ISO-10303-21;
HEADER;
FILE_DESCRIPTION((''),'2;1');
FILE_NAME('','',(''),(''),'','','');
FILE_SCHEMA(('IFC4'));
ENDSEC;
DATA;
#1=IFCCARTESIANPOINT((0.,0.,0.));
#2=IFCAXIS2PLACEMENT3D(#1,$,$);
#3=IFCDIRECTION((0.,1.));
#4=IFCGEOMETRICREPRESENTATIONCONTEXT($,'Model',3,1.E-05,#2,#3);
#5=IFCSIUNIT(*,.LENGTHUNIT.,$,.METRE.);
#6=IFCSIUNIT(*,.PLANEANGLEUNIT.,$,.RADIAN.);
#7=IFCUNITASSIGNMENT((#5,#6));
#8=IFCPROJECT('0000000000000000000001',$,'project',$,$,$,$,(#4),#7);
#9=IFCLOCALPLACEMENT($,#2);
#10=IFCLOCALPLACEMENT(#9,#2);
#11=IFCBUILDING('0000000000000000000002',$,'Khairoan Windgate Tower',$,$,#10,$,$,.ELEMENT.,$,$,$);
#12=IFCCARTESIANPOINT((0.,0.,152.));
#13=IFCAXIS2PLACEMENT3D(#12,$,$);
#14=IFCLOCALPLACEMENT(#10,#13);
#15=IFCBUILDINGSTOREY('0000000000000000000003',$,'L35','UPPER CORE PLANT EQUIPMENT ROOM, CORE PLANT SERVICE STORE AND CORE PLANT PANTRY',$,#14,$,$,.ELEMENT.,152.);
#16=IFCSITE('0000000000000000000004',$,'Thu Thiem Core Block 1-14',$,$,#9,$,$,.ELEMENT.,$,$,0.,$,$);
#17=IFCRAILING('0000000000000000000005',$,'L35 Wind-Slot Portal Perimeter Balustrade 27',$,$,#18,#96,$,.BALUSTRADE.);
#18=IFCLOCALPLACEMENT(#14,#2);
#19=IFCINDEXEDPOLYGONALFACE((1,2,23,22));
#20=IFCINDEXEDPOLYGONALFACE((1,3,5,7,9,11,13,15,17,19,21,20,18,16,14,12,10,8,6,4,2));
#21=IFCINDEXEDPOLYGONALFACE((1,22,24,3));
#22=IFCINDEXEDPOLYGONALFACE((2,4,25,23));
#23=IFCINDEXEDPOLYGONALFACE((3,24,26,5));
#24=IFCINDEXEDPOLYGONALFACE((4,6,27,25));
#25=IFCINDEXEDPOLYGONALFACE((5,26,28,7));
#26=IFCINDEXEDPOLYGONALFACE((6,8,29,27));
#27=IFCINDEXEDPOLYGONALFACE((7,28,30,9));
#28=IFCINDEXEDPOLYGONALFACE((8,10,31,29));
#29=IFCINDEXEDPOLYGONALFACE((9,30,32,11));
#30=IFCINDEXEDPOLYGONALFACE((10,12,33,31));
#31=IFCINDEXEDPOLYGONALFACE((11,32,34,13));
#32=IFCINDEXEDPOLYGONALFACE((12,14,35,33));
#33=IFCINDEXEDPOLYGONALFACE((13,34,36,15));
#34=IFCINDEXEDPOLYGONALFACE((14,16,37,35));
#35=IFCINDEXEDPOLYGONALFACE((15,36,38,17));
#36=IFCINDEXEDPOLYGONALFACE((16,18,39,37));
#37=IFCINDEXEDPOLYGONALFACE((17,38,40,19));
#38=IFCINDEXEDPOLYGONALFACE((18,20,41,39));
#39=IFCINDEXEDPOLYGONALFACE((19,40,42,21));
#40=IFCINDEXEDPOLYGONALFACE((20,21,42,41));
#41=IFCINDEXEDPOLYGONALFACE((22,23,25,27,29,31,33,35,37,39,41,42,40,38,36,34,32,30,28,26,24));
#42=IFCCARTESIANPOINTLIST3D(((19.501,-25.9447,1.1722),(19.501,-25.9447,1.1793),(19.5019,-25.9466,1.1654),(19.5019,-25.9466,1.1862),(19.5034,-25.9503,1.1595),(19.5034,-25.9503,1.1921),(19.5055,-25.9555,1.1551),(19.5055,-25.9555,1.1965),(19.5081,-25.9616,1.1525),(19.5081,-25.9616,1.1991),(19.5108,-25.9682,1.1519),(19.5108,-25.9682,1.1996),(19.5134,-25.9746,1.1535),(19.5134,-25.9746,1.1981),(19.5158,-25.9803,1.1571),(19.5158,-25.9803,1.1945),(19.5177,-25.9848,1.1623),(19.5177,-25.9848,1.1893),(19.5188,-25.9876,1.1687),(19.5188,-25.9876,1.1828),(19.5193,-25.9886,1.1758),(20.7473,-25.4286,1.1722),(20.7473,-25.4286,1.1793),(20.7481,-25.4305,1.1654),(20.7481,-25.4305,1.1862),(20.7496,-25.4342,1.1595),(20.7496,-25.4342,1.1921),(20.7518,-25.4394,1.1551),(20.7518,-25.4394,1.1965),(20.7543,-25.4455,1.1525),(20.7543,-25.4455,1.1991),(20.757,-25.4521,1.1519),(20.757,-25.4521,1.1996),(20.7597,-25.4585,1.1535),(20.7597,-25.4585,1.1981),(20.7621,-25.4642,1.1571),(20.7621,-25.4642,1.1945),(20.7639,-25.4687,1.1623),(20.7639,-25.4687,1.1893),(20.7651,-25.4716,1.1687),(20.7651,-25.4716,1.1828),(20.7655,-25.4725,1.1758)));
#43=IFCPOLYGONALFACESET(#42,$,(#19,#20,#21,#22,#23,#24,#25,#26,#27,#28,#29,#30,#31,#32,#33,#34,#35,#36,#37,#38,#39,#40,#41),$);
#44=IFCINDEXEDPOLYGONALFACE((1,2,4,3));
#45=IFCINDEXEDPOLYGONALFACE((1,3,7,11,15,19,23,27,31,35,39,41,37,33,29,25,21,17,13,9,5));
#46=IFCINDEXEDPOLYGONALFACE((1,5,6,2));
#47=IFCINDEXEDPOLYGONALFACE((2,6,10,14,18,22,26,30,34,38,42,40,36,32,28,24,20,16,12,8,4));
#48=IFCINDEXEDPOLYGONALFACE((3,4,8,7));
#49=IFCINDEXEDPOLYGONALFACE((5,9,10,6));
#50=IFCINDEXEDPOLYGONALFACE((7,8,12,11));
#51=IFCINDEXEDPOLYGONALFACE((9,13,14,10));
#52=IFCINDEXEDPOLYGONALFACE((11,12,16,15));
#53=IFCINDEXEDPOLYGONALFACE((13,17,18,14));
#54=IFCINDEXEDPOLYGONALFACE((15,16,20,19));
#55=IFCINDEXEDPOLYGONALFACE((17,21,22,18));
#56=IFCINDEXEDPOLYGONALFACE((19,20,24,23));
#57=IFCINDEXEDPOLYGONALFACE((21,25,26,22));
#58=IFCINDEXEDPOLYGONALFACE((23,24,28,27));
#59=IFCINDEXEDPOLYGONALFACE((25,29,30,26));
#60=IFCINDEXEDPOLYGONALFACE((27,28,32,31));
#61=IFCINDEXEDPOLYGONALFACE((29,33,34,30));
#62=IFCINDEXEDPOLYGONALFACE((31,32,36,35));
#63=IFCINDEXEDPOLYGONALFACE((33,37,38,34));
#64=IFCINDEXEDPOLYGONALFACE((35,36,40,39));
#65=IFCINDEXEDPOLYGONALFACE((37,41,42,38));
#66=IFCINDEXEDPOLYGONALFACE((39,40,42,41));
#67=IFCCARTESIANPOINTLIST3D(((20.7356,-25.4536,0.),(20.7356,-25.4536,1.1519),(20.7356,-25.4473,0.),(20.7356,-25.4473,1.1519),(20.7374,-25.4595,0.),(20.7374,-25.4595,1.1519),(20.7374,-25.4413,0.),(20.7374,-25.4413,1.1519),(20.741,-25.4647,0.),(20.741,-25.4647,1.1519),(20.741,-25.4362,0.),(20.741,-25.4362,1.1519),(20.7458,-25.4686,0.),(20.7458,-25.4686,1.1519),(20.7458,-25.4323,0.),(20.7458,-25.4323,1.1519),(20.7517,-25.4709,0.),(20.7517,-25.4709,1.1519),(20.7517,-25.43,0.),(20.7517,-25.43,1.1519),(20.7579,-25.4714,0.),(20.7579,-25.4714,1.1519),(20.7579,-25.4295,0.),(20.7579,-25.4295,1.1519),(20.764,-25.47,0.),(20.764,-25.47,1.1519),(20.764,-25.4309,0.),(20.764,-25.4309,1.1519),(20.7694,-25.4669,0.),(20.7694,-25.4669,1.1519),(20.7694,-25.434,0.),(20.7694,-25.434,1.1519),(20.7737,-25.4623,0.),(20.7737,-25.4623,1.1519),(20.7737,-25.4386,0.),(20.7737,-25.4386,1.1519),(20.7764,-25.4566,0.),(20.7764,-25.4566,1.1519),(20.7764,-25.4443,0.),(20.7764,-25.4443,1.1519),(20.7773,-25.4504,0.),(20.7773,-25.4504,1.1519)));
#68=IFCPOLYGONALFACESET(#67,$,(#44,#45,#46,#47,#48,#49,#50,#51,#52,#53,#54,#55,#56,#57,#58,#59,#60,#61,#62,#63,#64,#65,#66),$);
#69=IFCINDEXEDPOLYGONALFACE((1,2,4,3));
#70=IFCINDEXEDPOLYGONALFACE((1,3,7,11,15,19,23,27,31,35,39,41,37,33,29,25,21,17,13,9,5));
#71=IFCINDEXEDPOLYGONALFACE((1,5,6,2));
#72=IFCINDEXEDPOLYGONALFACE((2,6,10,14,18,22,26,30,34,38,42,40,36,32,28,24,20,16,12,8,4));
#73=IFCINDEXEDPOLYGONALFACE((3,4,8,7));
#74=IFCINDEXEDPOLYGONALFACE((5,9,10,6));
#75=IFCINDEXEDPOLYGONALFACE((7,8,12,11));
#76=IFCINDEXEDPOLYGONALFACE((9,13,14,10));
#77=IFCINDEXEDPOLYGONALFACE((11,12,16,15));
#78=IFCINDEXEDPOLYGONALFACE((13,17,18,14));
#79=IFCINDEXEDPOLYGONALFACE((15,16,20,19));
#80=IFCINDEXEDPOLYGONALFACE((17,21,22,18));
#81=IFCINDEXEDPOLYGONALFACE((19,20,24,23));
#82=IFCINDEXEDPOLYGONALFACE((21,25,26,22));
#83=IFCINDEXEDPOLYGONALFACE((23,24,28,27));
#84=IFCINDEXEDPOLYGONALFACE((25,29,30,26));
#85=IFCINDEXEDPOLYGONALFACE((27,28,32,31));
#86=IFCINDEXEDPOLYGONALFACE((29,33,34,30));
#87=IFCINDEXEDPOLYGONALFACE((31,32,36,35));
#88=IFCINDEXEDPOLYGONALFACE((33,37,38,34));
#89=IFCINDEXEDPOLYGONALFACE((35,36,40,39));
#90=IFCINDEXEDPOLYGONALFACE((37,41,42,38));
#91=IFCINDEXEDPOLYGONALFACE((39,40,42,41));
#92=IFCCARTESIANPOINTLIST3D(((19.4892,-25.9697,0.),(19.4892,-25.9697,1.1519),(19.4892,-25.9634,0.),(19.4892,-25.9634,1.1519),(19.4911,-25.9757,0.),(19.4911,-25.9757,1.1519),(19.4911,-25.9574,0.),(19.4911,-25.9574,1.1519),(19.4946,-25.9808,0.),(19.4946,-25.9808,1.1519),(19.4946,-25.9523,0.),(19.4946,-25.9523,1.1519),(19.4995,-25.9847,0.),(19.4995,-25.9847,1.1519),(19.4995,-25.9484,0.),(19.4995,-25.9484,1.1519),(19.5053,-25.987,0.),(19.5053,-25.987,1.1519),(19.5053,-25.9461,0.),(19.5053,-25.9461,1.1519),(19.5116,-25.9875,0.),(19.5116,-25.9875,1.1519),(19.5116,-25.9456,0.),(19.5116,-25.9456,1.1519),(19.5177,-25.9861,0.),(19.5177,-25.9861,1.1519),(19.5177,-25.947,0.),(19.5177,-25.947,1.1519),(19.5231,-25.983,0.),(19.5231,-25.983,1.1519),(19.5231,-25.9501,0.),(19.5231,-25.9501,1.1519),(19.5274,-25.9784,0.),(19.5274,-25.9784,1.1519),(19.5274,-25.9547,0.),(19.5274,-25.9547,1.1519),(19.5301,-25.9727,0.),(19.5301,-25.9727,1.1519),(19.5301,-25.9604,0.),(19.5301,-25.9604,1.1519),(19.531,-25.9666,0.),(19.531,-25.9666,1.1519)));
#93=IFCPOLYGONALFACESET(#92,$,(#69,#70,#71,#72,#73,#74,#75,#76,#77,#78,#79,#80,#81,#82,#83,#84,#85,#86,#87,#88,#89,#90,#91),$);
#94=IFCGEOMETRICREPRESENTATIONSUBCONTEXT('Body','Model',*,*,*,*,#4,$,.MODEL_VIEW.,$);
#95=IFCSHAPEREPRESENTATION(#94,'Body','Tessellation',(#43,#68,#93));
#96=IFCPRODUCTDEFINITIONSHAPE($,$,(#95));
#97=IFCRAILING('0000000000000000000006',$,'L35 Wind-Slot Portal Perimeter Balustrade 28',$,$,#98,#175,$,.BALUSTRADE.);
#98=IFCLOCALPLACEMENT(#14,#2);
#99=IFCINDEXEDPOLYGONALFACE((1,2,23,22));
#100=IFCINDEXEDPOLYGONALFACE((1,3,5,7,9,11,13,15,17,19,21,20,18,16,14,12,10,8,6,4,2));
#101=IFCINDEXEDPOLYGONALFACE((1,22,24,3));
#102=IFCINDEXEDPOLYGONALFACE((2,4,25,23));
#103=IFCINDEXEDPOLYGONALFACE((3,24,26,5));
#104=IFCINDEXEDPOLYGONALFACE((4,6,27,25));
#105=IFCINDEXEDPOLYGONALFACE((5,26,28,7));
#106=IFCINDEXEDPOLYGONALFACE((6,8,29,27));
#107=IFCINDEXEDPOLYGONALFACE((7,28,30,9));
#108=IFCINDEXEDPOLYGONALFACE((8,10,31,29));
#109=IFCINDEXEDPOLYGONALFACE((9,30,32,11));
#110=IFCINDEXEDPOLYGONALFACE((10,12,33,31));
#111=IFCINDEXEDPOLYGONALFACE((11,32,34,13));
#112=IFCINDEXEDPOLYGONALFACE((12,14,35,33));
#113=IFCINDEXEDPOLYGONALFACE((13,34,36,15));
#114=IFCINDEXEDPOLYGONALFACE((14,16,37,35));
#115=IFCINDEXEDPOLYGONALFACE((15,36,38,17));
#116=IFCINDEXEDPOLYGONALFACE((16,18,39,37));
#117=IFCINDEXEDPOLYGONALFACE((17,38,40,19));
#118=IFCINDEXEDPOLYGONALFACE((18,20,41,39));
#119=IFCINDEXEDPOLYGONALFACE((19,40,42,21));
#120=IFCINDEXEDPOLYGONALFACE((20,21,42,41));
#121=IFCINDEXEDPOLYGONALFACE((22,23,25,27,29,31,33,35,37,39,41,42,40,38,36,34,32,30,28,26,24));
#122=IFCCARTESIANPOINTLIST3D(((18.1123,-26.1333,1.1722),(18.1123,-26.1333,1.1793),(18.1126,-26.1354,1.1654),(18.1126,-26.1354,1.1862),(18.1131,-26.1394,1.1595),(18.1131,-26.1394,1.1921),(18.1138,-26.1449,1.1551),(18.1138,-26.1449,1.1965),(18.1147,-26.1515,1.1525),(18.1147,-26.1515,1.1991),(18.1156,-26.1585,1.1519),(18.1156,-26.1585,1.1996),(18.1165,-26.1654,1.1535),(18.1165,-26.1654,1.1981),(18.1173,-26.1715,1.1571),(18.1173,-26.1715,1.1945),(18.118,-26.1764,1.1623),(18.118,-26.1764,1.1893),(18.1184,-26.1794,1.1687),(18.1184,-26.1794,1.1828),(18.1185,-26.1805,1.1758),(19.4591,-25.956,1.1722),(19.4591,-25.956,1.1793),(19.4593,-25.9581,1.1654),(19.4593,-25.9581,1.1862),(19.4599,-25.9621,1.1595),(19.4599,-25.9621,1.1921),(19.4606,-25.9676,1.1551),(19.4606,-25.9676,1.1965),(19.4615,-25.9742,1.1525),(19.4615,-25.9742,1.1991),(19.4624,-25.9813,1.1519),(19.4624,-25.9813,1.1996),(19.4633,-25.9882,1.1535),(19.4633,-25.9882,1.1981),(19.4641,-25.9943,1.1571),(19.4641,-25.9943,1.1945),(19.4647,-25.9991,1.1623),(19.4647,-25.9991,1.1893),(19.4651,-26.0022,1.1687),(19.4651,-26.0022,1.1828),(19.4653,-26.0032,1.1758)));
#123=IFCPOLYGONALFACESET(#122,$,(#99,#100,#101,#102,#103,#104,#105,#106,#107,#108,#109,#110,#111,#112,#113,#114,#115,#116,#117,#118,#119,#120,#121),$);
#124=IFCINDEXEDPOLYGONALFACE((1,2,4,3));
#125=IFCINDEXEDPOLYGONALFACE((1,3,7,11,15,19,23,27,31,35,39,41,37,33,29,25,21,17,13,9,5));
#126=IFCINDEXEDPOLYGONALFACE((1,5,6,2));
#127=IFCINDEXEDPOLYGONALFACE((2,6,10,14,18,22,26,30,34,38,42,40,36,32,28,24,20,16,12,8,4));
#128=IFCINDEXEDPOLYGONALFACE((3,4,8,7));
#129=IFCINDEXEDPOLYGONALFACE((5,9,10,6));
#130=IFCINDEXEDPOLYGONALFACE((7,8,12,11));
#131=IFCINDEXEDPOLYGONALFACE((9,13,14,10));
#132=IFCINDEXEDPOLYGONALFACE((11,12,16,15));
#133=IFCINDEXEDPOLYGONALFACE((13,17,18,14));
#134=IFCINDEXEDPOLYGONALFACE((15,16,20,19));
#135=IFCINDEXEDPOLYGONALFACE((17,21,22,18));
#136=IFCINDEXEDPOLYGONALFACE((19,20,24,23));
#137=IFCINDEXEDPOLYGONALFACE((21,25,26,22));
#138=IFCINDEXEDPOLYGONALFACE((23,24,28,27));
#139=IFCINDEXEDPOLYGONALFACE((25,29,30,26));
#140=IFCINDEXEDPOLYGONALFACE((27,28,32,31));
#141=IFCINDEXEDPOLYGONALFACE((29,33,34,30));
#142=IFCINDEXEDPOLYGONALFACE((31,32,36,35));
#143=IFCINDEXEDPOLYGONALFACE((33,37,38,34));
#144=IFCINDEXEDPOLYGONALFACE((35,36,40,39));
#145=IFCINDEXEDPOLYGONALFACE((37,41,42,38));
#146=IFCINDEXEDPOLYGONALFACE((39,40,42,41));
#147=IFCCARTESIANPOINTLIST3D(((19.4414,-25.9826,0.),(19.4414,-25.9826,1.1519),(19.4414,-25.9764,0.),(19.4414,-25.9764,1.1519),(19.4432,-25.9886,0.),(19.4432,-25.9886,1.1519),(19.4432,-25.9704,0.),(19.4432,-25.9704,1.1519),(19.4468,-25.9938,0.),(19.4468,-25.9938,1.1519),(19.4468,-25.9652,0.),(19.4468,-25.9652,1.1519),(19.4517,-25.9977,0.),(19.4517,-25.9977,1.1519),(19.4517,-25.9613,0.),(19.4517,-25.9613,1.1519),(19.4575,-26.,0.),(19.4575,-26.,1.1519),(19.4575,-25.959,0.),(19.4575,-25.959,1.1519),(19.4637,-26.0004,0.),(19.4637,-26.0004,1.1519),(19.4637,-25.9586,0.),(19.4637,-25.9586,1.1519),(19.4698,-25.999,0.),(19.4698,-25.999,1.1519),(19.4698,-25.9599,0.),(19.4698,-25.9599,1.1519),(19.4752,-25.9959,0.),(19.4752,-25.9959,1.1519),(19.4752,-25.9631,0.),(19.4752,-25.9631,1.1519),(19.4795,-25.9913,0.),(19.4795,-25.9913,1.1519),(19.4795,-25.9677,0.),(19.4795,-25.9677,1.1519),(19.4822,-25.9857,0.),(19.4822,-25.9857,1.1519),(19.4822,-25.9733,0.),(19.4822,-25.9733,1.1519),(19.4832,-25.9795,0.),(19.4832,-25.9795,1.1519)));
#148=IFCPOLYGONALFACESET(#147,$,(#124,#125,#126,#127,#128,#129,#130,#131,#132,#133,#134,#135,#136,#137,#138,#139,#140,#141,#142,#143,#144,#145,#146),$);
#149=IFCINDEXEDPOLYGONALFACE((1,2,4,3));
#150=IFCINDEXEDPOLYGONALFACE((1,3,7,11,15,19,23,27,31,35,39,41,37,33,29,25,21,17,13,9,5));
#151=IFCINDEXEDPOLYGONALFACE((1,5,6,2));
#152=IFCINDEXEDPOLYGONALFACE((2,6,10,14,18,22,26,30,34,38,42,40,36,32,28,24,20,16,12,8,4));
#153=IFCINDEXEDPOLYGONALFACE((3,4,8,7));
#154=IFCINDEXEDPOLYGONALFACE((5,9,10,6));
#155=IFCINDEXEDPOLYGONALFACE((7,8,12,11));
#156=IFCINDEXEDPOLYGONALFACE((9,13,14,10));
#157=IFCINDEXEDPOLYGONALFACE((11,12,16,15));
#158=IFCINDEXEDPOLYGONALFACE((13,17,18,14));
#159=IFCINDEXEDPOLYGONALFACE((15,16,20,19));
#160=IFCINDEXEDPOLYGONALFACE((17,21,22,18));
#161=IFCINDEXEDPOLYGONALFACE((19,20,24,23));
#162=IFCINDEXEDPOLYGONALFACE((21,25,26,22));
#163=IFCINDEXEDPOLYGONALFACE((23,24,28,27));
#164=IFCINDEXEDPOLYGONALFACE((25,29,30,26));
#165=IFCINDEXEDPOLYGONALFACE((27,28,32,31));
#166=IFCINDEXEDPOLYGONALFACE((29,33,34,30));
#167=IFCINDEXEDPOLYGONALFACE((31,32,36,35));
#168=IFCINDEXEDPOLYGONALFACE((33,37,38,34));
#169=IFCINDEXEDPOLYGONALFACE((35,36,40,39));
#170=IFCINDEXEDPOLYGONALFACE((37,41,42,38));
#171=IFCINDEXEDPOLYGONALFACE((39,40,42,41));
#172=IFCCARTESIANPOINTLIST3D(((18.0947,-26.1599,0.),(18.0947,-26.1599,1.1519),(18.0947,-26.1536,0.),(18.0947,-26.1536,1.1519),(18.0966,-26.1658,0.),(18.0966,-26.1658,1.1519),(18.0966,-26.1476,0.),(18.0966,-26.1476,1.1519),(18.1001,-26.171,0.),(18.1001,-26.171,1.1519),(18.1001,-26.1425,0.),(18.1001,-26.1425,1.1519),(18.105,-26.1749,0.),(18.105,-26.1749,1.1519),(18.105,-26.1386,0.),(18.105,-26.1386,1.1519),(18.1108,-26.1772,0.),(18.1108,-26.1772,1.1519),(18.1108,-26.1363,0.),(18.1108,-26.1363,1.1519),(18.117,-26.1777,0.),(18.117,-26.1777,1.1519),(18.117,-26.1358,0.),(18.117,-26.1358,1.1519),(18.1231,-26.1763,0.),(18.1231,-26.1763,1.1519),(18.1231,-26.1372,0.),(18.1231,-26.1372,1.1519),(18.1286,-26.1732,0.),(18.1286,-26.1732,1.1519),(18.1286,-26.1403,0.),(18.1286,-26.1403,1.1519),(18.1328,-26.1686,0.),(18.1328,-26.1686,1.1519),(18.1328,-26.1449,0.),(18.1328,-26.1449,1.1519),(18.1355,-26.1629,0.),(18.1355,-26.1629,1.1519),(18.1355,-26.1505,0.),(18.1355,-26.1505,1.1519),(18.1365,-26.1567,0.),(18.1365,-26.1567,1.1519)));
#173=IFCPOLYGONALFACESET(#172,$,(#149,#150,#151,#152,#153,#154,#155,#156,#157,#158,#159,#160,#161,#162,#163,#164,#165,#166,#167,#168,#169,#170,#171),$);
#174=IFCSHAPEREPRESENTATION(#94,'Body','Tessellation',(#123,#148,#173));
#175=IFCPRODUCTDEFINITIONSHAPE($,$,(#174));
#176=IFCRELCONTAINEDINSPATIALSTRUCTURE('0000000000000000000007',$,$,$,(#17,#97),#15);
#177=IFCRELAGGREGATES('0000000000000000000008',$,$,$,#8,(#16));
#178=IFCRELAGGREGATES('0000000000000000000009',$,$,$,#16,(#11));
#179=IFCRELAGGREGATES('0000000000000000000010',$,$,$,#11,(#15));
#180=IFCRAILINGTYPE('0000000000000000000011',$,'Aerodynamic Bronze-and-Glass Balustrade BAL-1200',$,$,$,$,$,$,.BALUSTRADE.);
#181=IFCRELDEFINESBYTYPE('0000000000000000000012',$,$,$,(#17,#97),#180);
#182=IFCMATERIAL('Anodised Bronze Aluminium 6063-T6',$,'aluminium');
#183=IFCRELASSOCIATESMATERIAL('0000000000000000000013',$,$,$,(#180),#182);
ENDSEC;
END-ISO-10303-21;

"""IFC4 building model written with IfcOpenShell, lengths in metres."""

from ifc_helpers import new_model, si_unit, direction, frame, origin, origin_2d, place, context, subcontext, project, spatial, circle, extrude, material, type_object, element, save


model = new_model("IFC4")

# Units and contexts
model_context = context("Model", 3, precision=1e-05, world=origin(), true_north=direction((0.0, 1.0)))
body_context = subcontext(model_context, "Body", "Model", "MODEL_VIEW")
ifc_project = project(units=[si_unit("LENGTHUNIT", "METRE"), si_unit("PLANEANGLEUNIT", "RADIAN")], contexts=[model_context])

# Site, building, storey
site_placement = place(None, origin())
site = spatial("IfcSite", under=ifc_project, at=site_placement, Name="Thu Thiem Core Block 1-14", CompositionType="ELEMENT", RefElevation=0.0)
building_placement = place(site_placement, origin())
building = spatial("IfcBuilding", under=site, at=building_placement, Name="Khairoan Windgate Tower", CompositionType="ELEMENT")
storey_placement = place(building_placement, frame((0.0, 0.0, 152.0)))
storey = spatial("IfcBuildingStorey", under=building, at=storey_placement, Name="L35", Description="UPPER CORE PLANT EQUIPMENT ROOM, CORE PLANT SERVICE STORE AND CORE PLANT PANTRY", CompositionType="ELEMENT", Elevation=152.0)

# Railings
ifc_material_1 = material(Name="Anodised Bronze Aluminium 6063-T6", Category="aluminium")
railing_type_1 = type_object("IfcRailingType", Name="Aerodynamic Bronze-and-Glass Balustrade BAL-1200", PredefinedType="BALUSTRADE", material=ifc_material_1)
railing_1_placement = place(storey_placement, frame((20.7563, -25.4504, 0.0)))
element("IfcRailing", 1, at=railing_1_placement, inside=storey, type_object=railing_type_1, Name="L35 Wind-Slot Portal Perimeter Balustrade 27", PredefinedType="BALUSTRADE", context=body_context, shape_type="SweptSolid", body=[
    extrude(circle(Radius=0.0239, at=origin_2d()), frame((0.0, 0.0, 1.1758), z_axis=(-0.923915, -0.382597, 0.0), x_axis=(0.382597, -0.923915, 0.0)), (0.0, 0.0, 1.0), 1.3489),
    extrude(circle(Radius=0.021, at=origin_2d()), origin(), (0.0, 0.0, 1.0), 1.1519),
    extrude(circle(Radius=0.021, at=origin_2d()), frame((-1.2463, -0.5161, 0.0)), (0.0, 0.0, 1.0), 1.1519),
])
railing_2_placement = place(storey_placement, frame((19.4622, -25.9795, 0.0)))
element("IfcRailing", 2, at=railing_2_placement, inside=storey, type_object=railing_type_1, Name="L35 Wind-Slot Portal Perimeter Balustrade 28", PredefinedType="BALUSTRADE", context=body_context, shape_type="SweptSolid", body=[
    extrude(circle(Radius=0.0239, at=origin_2d()), frame((0.0, 0.0, 1.1758), z_axis=(-0.991449, -0.130492, 0.0), x_axis=(0.130492, -0.991449, 0.0)), (0.0, 0.0, 1.0), 1.3584),
    extrude(circle(Radius=0.021, at=origin_2d()), origin(), (0.0, 0.0, 1.0), 1.1519),
    extrude(circle(Radius=0.021, at=origin_2d()), frame((-1.3467, -0.1772, 0.0)), (0.0, 0.0, 1.0), 1.1519),
])

save(model, "model.ifc")
